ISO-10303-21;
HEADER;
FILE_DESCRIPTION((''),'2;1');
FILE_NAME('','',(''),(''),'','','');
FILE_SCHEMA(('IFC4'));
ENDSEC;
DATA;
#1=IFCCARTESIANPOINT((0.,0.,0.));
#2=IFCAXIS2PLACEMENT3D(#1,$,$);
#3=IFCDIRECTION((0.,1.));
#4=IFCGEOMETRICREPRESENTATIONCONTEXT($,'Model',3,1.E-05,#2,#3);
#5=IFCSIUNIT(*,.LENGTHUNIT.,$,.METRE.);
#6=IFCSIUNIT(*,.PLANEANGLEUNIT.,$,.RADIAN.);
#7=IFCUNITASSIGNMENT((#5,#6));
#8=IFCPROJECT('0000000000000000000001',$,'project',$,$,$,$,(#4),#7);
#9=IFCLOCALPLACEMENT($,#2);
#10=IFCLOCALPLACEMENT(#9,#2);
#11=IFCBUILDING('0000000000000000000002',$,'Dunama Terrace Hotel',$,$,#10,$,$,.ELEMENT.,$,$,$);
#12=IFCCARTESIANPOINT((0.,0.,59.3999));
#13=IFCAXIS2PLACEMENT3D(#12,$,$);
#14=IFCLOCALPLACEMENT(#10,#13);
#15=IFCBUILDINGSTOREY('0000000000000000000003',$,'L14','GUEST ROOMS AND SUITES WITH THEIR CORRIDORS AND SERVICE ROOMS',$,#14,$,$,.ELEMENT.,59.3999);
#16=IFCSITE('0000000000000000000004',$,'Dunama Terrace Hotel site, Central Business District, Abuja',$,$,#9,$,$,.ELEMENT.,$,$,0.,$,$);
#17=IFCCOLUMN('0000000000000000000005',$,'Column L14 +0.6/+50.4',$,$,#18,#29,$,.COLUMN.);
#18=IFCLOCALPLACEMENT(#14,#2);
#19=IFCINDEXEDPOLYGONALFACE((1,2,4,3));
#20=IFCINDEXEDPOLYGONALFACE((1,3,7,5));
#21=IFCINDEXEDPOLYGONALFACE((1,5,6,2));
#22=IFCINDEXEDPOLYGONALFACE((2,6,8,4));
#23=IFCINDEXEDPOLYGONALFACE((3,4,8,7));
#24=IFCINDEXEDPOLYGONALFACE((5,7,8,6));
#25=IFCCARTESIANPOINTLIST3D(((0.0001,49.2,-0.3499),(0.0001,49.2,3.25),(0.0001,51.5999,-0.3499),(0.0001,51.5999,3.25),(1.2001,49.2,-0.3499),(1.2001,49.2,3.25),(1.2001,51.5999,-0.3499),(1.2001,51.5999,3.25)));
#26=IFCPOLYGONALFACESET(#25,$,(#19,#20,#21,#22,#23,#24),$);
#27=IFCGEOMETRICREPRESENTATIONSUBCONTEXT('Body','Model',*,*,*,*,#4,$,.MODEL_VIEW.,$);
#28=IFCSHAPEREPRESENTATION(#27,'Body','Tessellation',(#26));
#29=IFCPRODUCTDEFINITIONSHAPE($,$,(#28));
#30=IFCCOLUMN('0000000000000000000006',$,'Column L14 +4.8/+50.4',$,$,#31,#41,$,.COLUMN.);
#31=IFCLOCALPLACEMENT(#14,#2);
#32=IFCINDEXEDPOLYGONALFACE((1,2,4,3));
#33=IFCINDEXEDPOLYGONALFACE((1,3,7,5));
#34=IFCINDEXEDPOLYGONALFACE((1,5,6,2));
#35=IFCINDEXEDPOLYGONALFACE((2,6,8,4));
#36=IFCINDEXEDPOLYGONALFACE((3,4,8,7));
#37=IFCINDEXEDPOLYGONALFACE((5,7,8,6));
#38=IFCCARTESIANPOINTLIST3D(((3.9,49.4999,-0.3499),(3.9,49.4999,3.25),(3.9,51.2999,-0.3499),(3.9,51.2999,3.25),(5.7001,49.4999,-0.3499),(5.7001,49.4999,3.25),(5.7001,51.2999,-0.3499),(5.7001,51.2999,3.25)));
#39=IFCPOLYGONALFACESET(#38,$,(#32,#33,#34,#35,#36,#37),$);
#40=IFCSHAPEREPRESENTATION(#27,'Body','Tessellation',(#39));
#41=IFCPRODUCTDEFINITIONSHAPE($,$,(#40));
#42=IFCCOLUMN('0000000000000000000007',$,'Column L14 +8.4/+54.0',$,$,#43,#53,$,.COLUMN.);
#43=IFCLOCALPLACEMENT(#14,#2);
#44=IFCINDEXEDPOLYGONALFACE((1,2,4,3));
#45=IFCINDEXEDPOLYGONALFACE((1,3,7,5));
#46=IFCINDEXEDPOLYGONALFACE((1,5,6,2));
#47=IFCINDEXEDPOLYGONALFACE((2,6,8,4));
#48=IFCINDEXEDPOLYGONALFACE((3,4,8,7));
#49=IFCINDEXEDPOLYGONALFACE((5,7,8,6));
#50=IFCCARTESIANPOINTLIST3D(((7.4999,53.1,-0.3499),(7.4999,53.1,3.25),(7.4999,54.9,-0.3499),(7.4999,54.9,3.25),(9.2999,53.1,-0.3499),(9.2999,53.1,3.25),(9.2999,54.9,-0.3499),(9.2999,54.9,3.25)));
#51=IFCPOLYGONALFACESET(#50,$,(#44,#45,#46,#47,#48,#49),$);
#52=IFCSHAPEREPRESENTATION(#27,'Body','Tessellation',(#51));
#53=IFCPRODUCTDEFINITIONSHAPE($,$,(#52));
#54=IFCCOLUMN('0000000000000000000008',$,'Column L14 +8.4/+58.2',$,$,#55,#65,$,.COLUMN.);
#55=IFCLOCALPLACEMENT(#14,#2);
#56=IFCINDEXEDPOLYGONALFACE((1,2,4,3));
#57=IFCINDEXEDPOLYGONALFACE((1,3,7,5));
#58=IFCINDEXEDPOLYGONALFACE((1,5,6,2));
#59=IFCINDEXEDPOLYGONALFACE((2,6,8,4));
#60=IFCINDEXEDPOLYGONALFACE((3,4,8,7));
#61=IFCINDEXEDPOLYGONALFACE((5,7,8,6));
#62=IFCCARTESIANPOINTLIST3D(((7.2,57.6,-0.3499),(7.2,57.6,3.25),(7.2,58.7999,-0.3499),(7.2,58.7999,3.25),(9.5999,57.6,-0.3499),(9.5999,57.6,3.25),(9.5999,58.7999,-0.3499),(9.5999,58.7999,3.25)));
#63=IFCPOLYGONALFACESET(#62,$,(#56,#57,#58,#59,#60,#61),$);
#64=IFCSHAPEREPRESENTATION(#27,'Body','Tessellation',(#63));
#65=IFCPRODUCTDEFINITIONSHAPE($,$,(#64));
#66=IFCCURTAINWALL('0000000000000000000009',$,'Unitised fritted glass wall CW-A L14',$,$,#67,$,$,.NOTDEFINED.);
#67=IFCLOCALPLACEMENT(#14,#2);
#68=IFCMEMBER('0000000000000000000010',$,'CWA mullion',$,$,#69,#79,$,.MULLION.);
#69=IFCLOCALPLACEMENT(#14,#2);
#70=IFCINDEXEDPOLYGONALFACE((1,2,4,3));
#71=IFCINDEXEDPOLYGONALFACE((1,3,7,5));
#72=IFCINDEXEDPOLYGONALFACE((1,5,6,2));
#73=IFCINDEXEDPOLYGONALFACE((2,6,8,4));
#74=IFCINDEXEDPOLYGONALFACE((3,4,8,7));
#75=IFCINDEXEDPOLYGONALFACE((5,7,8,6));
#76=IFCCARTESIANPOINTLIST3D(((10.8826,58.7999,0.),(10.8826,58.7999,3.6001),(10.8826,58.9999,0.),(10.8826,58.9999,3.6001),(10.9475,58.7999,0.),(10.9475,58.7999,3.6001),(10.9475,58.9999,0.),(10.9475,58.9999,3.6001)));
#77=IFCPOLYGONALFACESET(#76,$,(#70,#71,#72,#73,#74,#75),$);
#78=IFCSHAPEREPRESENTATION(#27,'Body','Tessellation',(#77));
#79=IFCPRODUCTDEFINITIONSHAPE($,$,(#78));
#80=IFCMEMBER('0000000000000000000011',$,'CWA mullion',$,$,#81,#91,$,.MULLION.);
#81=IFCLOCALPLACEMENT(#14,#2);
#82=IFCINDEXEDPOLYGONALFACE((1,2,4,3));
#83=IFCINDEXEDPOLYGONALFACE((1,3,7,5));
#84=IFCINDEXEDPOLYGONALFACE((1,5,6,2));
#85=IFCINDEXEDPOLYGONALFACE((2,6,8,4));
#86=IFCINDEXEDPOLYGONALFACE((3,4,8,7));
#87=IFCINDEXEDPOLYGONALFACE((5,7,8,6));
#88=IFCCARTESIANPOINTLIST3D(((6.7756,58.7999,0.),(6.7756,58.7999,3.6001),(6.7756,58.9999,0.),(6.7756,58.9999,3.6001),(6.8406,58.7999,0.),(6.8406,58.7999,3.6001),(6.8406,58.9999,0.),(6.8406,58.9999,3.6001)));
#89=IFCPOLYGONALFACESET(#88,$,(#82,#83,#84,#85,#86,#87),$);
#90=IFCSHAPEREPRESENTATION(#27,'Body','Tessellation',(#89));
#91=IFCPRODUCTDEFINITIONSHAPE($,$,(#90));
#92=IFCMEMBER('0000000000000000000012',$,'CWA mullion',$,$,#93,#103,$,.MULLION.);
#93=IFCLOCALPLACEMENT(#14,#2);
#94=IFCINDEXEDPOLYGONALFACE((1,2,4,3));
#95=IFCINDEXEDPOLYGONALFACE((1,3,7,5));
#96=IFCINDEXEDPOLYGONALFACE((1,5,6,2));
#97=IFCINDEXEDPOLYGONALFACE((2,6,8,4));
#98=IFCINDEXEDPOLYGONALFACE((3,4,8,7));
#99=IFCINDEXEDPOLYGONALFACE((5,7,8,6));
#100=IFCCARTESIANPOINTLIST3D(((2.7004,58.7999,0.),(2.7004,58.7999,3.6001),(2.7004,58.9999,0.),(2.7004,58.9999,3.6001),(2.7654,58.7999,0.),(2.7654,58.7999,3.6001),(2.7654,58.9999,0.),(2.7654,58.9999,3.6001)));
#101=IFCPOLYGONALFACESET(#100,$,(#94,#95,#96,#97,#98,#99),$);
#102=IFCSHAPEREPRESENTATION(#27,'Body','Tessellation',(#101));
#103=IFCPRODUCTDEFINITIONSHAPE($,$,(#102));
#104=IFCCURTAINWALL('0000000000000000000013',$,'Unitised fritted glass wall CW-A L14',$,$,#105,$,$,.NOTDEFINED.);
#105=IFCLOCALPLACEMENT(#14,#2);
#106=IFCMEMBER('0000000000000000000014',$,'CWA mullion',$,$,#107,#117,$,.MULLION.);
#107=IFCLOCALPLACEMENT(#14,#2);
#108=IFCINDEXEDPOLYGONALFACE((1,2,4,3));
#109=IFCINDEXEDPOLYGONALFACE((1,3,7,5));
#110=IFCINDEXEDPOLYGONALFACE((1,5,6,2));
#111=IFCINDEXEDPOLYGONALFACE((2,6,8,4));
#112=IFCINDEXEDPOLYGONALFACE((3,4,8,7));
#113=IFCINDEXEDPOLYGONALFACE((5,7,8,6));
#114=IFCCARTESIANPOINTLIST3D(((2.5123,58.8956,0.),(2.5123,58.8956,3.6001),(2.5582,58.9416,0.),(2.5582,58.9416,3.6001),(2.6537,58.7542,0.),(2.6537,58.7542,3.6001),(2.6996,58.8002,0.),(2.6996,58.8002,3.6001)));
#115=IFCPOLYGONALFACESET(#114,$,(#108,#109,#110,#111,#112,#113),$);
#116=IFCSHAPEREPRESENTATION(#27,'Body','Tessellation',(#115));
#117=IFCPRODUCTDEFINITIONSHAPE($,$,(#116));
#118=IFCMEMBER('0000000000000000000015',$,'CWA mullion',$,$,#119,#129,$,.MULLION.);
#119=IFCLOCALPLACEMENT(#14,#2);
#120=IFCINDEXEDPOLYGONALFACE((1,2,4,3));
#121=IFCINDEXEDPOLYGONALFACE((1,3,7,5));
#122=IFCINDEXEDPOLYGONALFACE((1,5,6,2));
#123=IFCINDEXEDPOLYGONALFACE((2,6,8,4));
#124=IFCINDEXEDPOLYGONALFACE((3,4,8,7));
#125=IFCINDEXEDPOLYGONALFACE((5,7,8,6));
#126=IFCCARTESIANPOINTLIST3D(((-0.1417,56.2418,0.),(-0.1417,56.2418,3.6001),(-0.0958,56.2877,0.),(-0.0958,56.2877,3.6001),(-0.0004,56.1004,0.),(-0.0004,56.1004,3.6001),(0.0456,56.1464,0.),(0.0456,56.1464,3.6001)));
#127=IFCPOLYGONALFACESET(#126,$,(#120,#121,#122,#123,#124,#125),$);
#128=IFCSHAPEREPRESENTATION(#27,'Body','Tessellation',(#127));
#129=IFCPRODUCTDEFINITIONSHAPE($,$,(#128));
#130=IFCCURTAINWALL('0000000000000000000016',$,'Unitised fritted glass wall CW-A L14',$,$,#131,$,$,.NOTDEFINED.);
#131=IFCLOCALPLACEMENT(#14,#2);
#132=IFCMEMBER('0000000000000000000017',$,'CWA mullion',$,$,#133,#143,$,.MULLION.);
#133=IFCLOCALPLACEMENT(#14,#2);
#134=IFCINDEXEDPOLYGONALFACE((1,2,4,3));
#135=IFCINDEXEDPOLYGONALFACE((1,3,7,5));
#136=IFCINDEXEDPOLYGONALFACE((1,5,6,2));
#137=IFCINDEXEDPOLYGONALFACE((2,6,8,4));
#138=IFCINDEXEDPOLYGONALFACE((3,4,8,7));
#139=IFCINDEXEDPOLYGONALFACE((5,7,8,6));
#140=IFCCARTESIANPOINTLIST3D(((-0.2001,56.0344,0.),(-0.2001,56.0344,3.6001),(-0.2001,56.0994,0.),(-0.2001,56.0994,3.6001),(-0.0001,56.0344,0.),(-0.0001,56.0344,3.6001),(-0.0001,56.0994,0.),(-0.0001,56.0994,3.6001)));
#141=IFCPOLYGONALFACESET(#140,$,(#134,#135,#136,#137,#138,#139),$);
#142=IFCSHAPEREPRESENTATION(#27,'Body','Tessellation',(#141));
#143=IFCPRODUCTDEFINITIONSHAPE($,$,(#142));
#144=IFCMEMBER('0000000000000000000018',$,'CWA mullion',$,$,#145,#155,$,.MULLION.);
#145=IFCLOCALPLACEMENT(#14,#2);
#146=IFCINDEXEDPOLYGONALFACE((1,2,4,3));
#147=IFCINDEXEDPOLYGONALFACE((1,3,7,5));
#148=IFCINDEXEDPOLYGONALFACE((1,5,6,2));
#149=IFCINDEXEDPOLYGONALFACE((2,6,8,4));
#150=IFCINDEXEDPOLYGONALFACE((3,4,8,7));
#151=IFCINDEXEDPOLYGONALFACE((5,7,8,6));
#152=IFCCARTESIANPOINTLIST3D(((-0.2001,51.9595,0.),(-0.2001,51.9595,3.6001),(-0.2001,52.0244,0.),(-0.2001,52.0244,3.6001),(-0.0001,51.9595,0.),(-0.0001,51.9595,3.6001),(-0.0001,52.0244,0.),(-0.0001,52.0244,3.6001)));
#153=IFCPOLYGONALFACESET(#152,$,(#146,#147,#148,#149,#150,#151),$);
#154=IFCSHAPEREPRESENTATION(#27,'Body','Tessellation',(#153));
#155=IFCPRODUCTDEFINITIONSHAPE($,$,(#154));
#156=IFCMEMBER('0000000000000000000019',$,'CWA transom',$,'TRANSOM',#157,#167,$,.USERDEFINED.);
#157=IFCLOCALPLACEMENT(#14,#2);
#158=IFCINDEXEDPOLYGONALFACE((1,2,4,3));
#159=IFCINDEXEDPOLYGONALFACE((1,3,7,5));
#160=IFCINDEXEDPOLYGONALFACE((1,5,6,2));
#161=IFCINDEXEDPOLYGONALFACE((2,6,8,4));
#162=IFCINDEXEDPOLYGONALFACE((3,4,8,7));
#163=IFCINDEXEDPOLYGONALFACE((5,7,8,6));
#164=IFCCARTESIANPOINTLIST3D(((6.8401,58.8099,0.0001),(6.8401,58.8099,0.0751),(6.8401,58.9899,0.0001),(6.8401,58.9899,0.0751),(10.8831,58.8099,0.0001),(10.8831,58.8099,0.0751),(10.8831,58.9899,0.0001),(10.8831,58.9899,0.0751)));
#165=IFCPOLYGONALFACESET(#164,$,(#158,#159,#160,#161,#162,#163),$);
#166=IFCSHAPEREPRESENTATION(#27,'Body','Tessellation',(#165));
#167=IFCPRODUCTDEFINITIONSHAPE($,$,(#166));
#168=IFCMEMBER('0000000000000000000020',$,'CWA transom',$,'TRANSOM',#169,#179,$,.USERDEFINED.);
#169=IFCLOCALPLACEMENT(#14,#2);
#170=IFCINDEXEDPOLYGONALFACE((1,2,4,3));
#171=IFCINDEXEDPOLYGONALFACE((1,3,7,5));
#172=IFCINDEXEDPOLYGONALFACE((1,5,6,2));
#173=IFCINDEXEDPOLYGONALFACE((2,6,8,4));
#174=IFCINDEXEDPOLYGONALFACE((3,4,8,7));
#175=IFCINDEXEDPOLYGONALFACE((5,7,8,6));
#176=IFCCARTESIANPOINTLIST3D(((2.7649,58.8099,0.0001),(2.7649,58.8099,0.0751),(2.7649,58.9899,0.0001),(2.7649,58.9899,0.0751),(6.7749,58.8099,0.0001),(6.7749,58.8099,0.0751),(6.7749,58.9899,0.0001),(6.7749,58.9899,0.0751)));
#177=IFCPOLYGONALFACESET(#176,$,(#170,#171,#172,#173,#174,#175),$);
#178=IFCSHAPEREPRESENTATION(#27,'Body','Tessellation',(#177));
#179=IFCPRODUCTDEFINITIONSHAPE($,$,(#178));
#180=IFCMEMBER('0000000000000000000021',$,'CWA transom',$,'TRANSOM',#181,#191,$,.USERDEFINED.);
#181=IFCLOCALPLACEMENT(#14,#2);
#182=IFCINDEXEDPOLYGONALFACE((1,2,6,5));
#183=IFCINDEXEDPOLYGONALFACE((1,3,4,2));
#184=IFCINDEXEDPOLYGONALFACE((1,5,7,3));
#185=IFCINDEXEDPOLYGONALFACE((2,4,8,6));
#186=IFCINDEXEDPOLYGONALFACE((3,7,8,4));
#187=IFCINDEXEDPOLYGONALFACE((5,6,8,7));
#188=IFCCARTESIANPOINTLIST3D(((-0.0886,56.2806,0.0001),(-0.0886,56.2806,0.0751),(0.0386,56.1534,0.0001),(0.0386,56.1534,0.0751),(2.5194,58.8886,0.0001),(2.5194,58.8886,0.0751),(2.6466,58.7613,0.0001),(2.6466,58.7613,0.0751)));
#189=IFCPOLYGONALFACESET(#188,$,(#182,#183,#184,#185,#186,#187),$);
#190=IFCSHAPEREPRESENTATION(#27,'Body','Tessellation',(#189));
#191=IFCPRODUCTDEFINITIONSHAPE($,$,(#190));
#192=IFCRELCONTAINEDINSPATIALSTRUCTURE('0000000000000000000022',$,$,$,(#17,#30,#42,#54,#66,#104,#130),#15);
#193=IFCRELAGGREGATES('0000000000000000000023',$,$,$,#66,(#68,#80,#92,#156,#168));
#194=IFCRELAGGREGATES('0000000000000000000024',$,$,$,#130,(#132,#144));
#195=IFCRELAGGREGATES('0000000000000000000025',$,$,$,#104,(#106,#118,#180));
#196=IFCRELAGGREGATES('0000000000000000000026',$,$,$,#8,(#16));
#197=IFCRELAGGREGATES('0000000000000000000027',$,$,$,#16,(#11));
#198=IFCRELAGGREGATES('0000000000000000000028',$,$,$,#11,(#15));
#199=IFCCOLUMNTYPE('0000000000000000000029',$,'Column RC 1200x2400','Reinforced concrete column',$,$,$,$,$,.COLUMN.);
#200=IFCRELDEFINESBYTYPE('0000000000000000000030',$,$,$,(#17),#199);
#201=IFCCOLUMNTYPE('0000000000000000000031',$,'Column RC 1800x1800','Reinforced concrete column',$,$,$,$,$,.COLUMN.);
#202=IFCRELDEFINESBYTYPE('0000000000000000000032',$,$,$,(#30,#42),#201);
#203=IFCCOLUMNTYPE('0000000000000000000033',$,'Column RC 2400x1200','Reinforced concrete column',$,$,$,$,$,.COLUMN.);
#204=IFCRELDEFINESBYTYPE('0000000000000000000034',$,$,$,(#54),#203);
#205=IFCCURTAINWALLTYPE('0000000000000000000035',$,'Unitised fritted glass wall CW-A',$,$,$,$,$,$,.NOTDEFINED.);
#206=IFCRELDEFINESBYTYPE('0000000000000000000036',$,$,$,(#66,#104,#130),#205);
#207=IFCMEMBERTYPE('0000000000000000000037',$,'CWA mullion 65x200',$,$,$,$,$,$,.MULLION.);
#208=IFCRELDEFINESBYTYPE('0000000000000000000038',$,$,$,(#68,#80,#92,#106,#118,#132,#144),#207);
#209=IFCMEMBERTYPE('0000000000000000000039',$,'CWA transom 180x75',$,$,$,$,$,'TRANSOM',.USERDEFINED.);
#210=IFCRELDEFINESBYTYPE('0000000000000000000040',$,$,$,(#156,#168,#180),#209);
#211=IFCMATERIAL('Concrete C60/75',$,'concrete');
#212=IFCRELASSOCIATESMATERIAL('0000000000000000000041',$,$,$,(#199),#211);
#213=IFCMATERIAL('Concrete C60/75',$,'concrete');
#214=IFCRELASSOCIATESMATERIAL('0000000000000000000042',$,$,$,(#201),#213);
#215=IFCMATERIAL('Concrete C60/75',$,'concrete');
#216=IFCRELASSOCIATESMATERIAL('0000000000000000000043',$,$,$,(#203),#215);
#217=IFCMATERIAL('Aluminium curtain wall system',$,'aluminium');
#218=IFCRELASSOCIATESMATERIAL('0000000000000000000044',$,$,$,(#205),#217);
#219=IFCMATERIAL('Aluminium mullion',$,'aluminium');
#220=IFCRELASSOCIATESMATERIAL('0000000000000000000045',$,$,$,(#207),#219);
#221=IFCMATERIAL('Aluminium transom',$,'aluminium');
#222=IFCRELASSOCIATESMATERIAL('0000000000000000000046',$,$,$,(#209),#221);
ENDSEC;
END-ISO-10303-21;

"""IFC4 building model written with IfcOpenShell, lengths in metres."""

from ifc_helpers import new_model, si_unit, direction, frame, origin, origin_2d, place, context, subcontext, project, spatial, rectangle, extrude, material, material_profile, profile_set, type_object, element, aggregate, save


model = new_model("IFC4")

# Units and contexts
model_context = context("Model", 3, precision=1e-05, world=origin(), true_north=direction((0.0, 1.0)))
body_context = subcontext(model_context, "Body", "Model", "MODEL_VIEW")
ifc_project = project(units=[si_unit("LENGTHUNIT", "METRE"), si_unit("PLANEANGLEUNIT", "RADIAN")], contexts=[model_context])

# Site, building, storey
site_placement = place(None, origin())
site = spatial("IfcSite", under=ifc_project, at=site_placement, Name="Dunama Terrace Hotel site, Central Business District, Abuja", CompositionType="ELEMENT", RefElevation=0.0)
building_placement = place(site_placement, origin())
building = spatial("IfcBuilding", under=site, at=building_placement, Name="Dunama Terrace Hotel", CompositionType="ELEMENT")
storey_placement = place(building_placement, frame((0.0, 0.0, 59.3999)))
storey = spatial("IfcBuildingStorey", under=building, at=storey_placement, Name="L14", Description="GUEST ROOMS AND SUITES WITH THEIR CORRIDORS AND SERVICE ROOMS", CompositionType="ELEMENT", Elevation=59.3999)

# Columns
ifc_material_1 = material(Name="Concrete C60/75", Category="concrete")
ifc_material_profile_1 = material_profile(ifc_material_1, rectangle(XDim=1.2, YDim=2.3999, at=origin_2d()), Name="RC 1200x2400")
ifc_profile_set_1 = profile_set([ifc_material_profile_1], Name="Concrete C60/75")
column_type_1 = type_object("IfcColumnType", Name="Column RC 1200x2400", Description="Reinforced concrete column", PredefinedType="COLUMN", material=ifc_profile_set_1)
column_1_placement = place(storey_placement, frame((0.6001, 50.3999, -0.3499), z_axis=(0.0, 0.0, 1.0), x_axis=(1.0, 0.0, 0.0)))
element("IfcColumn", 1, at=column_1_placement, inside=storey, type_object=column_type_1, Name="Column L14 +0.6/+50.4", PredefinedType="COLUMN", context=body_context, shape_type="SweptSolid", body=[
    extrude(rectangle(XDim=1.2, YDim=2.3999, at=origin_2d()), origin(), (0.0, 0.0, 1.0), 3.5999),
])
ifc_material_2 = material(Name="Concrete C60/75", Category="concrete")
ifc_material_profile_2 = material_profile(ifc_material_2, rectangle(XDim=1.8, YDim=1.8, at=origin_2d()), Name="RC 1800x1800")
ifc_profile_set_2 = profile_set([ifc_material_profile_2], Name="Concrete C60/75")
column_type_2 = type_object("IfcColumnType", Name="Column RC 1800x1800", Description="Reinforced concrete column", PredefinedType="COLUMN", material=ifc_profile_set_2)
for number, where, z_axis, x_axis, name in (
    (2, (4.8, 50.3999, -0.3499), (0.0, 0.0, 1.0), (1.0, 0.0, 0.0), "Column L14 +4.8/+50.4"),
    (3, (8.3999, 54.0, -0.3499), (0.0, 0.0, 1.0), (1.0, 0.0, 0.0), "Column L14 +8.4/+54.0"),
):
    element("IfcColumn", number, at=place(storey_placement, frame(where, z_axis=z_axis, x_axis=x_axis)), inside=storey, type_object=column_type_2, Name=name, PredefinedType="COLUMN", context=body_context, shape_type="SweptSolid", body=[
        extrude(rectangle(XDim=1.8, YDim=1.8, at=origin_2d()), origin(), (0.0, 0.0, 1.0), 3.5999),
    ])
ifc_material_3 = material(Name="Concrete C60/75", Category="concrete")
ifc_material_profile_3 = material_profile(ifc_material_3, rectangle(XDim=2.3999, YDim=1.2, at=origin_2d()), Name="RC 2400x1200")
ifc_profile_set_3 = profile_set([ifc_material_profile_3], Name="Concrete C60/75")
column_type_3 = type_object("IfcColumnType", Name="Column RC 2400x1200", Description="Reinforced concrete column", PredefinedType="COLUMN", material=ifc_profile_set_3)
column_2_placement = place(storey_placement, frame((8.3999, 58.2, -0.3499), z_axis=(0.0, 0.0, 1.0), x_axis=(1.0, 0.0, 0.0)))
element("IfcColumn", 4, at=column_2_placement, inside=storey, type_object=column_type_3, Name="Column L14 +8.4/+58.2", PredefinedType="COLUMN", context=body_context, shape_type="SweptSolid", body=[
    extrude(rectangle(XDim=2.3999, YDim=1.2, at=origin_2d()), origin(), (0.0, 0.0, 1.0), 3.5999),
])

# Curtain walls, members
ifc_material_4 = material(Name="Aluminium curtain wall system", Category="aluminium")
curtain_wall_type = type_object("IfcCurtainWallType", Name="Unitised fritted glass wall CW-A", PredefinedType="NOTDEFINED", material=ifc_material_4)
curtain_wall_1_placement = place(storey_placement, origin())
curtain_wall_1 = element("IfcCurtainWall", 5, at=curtain_wall_1_placement, inside=storey, type_object=curtain_wall_type, Name="Unitised fritted glass wall CW-A L14", PredefinedType="NOTDEFINED")
ifc_material_5 = material(Name="Aluminium mullion", Category="aluminium")
ifc_material_profile_4 = material_profile(ifc_material_5, rectangle(XDim=0.0649, YDim=0.2, at=origin_2d()), Name="CWA MULLION 65X200")
ifc_profile_set_4 = profile_set([ifc_material_profile_4], Name="Aluminium mullion")
member_type_1 = type_object("IfcMemberType", Name="CWA mullion 65x200", PredefinedType="MULLION", material=ifc_profile_set_4)
member_1_placement = place(storey_placement, frame((10.915, 58.8999, 0.0), z_axis=(0.0, 0.0, 1.0), x_axis=(-1.0, 0.0, 0.0)))
member_1 = element("IfcMember", 6, at=member_1_placement, type_object=member_type_1, Name="CWA mullion", PredefinedType="MULLION", context=body_context, shape_type="SweptSolid", body=[
    extrude(rectangle(XDim=0.0649, YDim=0.2, at=origin_2d()), origin(), (0.0, 0.0, 1.0), 3.6001),
])
member_2_placement = place(storey_placement, frame((6.8081, 58.8999, 0.0), z_axis=(0.0, 0.0, 1.0), x_axis=(-1.0, 0.0, 0.0)))
member_2 = element("IfcMember", 7, at=member_2_placement, type_object=member_type_1, Name="CWA mullion", PredefinedType="MULLION", context=body_context, shape_type="SweptSolid", body=[
    extrude(rectangle(XDim=0.0649, YDim=0.2, at=origin_2d()), origin(), (0.0, 0.0, 1.0), 3.6001),
])
member_3_placement = place(storey_placement, frame((2.7329, 58.8999, 0.0), z_axis=(0.0, 0.0, 1.0), x_axis=(-1.0, 0.0, 0.0)))
member_3 = element("IfcMember", 8, at=member_3_placement, type_object=member_type_1, Name="CWA mullion", PredefinedType="MULLION", context=body_context, shape_type="SweptSolid", body=[
    extrude(rectangle(XDim=0.0649, YDim=0.2, at=origin_2d()), origin(), (0.0, 0.0, 1.0), 3.6001),
])
curtain_wall_2_placement = place(storey_placement, origin())
curtain_wall_2 = element("IfcCurtainWall", 9, at=curtain_wall_2_placement, inside=storey, type_object=curtain_wall_type, Name="Unitised fritted glass wall CW-A L14", PredefinedType="NOTDEFINED")
member_4_placement = place(storey_placement, frame((2.606, 58.8479, 0.0), z_axis=(0.0, 0.0, 1.0), x_axis=(-0.707107, -0.707107, 0.0)))
member_4 = element("IfcMember", 10, at=member_4_placement, type_object=member_type_1, Name="CWA mullion", PredefinedType="MULLION", context=body_context, shape_type="SweptSolid", body=[
    extrude(rectangle(XDim=0.0649, YDim=0.2, at=origin_2d()), origin(), (0.0, 0.0, 1.0), 3.6001),
])
member_5_placement = place(storey_placement, frame((-0.0481, 56.1941, 0.0), z_axis=(0.0, 0.0, 1.0), x_axis=(-0.707107, -0.707107, 0.0)))
member_5 = element("IfcMember", 11, at=member_5_placement, type_object=member_type_1, Name="CWA mullion", PredefinedType="MULLION", context=body_context, shape_type="SweptSolid", body=[
    extrude(rectangle(XDim=0.0649, YDim=0.2, at=origin_2d()), origin(), (0.0, 0.0, 1.0), 3.6001),
])
curtain_wall_3_placement = place(storey_placement, origin())
curtain_wall_3 = element("IfcCurtainWall", 12, at=curtain_wall_3_placement, inside=storey, type_object=curtain_wall_type, Name="Unitised fritted glass wall CW-A L14", PredefinedType="NOTDEFINED")
member_6_placement = place(storey_placement, frame((-0.1001, 56.0669, 0.0), z_axis=(0.0, 0.0, 1.0), x_axis=(0.0, -1.0, 0.0)))
member_6 = element("IfcMember", 13, at=member_6_placement, type_object=member_type_1, Name="CWA mullion", PredefinedType="MULLION", context=body_context, shape_type="SweptSolid", body=[
    extrude(rectangle(XDim=0.0649, YDim=0.2, at=origin_2d()), origin(), (0.0, 0.0, 1.0), 3.6001),
])
member_7_placement = place(storey_placement, frame((-0.1001, 51.9919, 0.0), z_axis=(0.0, 0.0, 1.0), x_axis=(0.0, -1.0, 0.0)))
member_7 = element("IfcMember", 14, at=member_7_placement, type_object=member_type_1, Name="CWA mullion", PredefinedType="MULLION", context=body_context, shape_type="SweptSolid", body=[
    extrude(rectangle(XDim=0.0649, YDim=0.2, at=origin_2d()), origin(), (0.0, 0.0, 1.0), 3.6001),
])

# Members
ifc_material_6 = material(Name="Aluminium transom", Category="aluminium")
ifc_material_profile_5 = material_profile(ifc_material_6, rectangle(XDim=0.1799, YDim=0.075, at=origin_2d()), Name="CWA TRANSOM 180X75")
ifc_profile_set_5 = profile_set([ifc_material_profile_5], Name="Aluminium transom")
member_type_2 = type_object("IfcMemberType", Name="CWA transom 180x75", ElementType="TRANSOM", PredefinedType="USERDEFINED", material=ifc_profile_set_5)
member_8_placement = place(storey_placement, frame((10.8831, 58.8999, 0.0376), z_axis=(-1.0, 0.0, 0.0), x_axis=(0.0, -1.0, 0.0)))
member_8 = element("IfcMember", 15, at=member_8_placement, type_object=member_type_2, Name="CWA transom", ObjectType="TRANSOM", PredefinedType="USERDEFINED", context=body_context, shape_type="SweptSolid", body=[
    extrude(rectangle(XDim=0.1799, YDim=0.075, at=origin_2d()), origin(), (0.0, 0.0, 1.0), 4.043),
])
member_9_placement = place(storey_placement, frame((6.7749, 58.8999, 0.0376), z_axis=(-1.0, 0.0, 0.0), x_axis=(0.0, -1.0, 0.0)))
member_9 = element("IfcMember", 16, at=member_9_placement, type_object=member_type_2, Name="CWA transom", ObjectType="TRANSOM", PredefinedType="USERDEFINED", context=body_context, shape_type="SweptSolid", body=[
    extrude(rectangle(XDim=0.1799, YDim=0.075, at=origin_2d()), origin(), (0.0, 0.0, 1.0), 4.01),
])
member_10_placement = place(storey_placement, frame((2.583, 58.825, 0.0376), z_axis=(-0.707107, -0.707107, 0.0), x_axis=(0.707107, -0.707107, 0.0)))
member_10 = element("IfcMember", 17, at=member_10_placement, type_object=member_type_2, Name="CWA transom", ObjectType="TRANSOM", PredefinedType="USERDEFINED", context=body_context, shape_type="SweptSolid", body=[
    extrude(rectangle(XDim=0.1799, YDim=0.075, at=origin_2d()), origin(), (0.0, 0.0, 1.0), 3.6882),
])

aggregate(curtain_wall_1, [member_1, member_2, member_3, member_8, member_9])
aggregate(curtain_wall_3, [member_6, member_7])
aggregate(curtain_wall_2, [member_4, member_5, member_10])

save(model, "model.ifc")
